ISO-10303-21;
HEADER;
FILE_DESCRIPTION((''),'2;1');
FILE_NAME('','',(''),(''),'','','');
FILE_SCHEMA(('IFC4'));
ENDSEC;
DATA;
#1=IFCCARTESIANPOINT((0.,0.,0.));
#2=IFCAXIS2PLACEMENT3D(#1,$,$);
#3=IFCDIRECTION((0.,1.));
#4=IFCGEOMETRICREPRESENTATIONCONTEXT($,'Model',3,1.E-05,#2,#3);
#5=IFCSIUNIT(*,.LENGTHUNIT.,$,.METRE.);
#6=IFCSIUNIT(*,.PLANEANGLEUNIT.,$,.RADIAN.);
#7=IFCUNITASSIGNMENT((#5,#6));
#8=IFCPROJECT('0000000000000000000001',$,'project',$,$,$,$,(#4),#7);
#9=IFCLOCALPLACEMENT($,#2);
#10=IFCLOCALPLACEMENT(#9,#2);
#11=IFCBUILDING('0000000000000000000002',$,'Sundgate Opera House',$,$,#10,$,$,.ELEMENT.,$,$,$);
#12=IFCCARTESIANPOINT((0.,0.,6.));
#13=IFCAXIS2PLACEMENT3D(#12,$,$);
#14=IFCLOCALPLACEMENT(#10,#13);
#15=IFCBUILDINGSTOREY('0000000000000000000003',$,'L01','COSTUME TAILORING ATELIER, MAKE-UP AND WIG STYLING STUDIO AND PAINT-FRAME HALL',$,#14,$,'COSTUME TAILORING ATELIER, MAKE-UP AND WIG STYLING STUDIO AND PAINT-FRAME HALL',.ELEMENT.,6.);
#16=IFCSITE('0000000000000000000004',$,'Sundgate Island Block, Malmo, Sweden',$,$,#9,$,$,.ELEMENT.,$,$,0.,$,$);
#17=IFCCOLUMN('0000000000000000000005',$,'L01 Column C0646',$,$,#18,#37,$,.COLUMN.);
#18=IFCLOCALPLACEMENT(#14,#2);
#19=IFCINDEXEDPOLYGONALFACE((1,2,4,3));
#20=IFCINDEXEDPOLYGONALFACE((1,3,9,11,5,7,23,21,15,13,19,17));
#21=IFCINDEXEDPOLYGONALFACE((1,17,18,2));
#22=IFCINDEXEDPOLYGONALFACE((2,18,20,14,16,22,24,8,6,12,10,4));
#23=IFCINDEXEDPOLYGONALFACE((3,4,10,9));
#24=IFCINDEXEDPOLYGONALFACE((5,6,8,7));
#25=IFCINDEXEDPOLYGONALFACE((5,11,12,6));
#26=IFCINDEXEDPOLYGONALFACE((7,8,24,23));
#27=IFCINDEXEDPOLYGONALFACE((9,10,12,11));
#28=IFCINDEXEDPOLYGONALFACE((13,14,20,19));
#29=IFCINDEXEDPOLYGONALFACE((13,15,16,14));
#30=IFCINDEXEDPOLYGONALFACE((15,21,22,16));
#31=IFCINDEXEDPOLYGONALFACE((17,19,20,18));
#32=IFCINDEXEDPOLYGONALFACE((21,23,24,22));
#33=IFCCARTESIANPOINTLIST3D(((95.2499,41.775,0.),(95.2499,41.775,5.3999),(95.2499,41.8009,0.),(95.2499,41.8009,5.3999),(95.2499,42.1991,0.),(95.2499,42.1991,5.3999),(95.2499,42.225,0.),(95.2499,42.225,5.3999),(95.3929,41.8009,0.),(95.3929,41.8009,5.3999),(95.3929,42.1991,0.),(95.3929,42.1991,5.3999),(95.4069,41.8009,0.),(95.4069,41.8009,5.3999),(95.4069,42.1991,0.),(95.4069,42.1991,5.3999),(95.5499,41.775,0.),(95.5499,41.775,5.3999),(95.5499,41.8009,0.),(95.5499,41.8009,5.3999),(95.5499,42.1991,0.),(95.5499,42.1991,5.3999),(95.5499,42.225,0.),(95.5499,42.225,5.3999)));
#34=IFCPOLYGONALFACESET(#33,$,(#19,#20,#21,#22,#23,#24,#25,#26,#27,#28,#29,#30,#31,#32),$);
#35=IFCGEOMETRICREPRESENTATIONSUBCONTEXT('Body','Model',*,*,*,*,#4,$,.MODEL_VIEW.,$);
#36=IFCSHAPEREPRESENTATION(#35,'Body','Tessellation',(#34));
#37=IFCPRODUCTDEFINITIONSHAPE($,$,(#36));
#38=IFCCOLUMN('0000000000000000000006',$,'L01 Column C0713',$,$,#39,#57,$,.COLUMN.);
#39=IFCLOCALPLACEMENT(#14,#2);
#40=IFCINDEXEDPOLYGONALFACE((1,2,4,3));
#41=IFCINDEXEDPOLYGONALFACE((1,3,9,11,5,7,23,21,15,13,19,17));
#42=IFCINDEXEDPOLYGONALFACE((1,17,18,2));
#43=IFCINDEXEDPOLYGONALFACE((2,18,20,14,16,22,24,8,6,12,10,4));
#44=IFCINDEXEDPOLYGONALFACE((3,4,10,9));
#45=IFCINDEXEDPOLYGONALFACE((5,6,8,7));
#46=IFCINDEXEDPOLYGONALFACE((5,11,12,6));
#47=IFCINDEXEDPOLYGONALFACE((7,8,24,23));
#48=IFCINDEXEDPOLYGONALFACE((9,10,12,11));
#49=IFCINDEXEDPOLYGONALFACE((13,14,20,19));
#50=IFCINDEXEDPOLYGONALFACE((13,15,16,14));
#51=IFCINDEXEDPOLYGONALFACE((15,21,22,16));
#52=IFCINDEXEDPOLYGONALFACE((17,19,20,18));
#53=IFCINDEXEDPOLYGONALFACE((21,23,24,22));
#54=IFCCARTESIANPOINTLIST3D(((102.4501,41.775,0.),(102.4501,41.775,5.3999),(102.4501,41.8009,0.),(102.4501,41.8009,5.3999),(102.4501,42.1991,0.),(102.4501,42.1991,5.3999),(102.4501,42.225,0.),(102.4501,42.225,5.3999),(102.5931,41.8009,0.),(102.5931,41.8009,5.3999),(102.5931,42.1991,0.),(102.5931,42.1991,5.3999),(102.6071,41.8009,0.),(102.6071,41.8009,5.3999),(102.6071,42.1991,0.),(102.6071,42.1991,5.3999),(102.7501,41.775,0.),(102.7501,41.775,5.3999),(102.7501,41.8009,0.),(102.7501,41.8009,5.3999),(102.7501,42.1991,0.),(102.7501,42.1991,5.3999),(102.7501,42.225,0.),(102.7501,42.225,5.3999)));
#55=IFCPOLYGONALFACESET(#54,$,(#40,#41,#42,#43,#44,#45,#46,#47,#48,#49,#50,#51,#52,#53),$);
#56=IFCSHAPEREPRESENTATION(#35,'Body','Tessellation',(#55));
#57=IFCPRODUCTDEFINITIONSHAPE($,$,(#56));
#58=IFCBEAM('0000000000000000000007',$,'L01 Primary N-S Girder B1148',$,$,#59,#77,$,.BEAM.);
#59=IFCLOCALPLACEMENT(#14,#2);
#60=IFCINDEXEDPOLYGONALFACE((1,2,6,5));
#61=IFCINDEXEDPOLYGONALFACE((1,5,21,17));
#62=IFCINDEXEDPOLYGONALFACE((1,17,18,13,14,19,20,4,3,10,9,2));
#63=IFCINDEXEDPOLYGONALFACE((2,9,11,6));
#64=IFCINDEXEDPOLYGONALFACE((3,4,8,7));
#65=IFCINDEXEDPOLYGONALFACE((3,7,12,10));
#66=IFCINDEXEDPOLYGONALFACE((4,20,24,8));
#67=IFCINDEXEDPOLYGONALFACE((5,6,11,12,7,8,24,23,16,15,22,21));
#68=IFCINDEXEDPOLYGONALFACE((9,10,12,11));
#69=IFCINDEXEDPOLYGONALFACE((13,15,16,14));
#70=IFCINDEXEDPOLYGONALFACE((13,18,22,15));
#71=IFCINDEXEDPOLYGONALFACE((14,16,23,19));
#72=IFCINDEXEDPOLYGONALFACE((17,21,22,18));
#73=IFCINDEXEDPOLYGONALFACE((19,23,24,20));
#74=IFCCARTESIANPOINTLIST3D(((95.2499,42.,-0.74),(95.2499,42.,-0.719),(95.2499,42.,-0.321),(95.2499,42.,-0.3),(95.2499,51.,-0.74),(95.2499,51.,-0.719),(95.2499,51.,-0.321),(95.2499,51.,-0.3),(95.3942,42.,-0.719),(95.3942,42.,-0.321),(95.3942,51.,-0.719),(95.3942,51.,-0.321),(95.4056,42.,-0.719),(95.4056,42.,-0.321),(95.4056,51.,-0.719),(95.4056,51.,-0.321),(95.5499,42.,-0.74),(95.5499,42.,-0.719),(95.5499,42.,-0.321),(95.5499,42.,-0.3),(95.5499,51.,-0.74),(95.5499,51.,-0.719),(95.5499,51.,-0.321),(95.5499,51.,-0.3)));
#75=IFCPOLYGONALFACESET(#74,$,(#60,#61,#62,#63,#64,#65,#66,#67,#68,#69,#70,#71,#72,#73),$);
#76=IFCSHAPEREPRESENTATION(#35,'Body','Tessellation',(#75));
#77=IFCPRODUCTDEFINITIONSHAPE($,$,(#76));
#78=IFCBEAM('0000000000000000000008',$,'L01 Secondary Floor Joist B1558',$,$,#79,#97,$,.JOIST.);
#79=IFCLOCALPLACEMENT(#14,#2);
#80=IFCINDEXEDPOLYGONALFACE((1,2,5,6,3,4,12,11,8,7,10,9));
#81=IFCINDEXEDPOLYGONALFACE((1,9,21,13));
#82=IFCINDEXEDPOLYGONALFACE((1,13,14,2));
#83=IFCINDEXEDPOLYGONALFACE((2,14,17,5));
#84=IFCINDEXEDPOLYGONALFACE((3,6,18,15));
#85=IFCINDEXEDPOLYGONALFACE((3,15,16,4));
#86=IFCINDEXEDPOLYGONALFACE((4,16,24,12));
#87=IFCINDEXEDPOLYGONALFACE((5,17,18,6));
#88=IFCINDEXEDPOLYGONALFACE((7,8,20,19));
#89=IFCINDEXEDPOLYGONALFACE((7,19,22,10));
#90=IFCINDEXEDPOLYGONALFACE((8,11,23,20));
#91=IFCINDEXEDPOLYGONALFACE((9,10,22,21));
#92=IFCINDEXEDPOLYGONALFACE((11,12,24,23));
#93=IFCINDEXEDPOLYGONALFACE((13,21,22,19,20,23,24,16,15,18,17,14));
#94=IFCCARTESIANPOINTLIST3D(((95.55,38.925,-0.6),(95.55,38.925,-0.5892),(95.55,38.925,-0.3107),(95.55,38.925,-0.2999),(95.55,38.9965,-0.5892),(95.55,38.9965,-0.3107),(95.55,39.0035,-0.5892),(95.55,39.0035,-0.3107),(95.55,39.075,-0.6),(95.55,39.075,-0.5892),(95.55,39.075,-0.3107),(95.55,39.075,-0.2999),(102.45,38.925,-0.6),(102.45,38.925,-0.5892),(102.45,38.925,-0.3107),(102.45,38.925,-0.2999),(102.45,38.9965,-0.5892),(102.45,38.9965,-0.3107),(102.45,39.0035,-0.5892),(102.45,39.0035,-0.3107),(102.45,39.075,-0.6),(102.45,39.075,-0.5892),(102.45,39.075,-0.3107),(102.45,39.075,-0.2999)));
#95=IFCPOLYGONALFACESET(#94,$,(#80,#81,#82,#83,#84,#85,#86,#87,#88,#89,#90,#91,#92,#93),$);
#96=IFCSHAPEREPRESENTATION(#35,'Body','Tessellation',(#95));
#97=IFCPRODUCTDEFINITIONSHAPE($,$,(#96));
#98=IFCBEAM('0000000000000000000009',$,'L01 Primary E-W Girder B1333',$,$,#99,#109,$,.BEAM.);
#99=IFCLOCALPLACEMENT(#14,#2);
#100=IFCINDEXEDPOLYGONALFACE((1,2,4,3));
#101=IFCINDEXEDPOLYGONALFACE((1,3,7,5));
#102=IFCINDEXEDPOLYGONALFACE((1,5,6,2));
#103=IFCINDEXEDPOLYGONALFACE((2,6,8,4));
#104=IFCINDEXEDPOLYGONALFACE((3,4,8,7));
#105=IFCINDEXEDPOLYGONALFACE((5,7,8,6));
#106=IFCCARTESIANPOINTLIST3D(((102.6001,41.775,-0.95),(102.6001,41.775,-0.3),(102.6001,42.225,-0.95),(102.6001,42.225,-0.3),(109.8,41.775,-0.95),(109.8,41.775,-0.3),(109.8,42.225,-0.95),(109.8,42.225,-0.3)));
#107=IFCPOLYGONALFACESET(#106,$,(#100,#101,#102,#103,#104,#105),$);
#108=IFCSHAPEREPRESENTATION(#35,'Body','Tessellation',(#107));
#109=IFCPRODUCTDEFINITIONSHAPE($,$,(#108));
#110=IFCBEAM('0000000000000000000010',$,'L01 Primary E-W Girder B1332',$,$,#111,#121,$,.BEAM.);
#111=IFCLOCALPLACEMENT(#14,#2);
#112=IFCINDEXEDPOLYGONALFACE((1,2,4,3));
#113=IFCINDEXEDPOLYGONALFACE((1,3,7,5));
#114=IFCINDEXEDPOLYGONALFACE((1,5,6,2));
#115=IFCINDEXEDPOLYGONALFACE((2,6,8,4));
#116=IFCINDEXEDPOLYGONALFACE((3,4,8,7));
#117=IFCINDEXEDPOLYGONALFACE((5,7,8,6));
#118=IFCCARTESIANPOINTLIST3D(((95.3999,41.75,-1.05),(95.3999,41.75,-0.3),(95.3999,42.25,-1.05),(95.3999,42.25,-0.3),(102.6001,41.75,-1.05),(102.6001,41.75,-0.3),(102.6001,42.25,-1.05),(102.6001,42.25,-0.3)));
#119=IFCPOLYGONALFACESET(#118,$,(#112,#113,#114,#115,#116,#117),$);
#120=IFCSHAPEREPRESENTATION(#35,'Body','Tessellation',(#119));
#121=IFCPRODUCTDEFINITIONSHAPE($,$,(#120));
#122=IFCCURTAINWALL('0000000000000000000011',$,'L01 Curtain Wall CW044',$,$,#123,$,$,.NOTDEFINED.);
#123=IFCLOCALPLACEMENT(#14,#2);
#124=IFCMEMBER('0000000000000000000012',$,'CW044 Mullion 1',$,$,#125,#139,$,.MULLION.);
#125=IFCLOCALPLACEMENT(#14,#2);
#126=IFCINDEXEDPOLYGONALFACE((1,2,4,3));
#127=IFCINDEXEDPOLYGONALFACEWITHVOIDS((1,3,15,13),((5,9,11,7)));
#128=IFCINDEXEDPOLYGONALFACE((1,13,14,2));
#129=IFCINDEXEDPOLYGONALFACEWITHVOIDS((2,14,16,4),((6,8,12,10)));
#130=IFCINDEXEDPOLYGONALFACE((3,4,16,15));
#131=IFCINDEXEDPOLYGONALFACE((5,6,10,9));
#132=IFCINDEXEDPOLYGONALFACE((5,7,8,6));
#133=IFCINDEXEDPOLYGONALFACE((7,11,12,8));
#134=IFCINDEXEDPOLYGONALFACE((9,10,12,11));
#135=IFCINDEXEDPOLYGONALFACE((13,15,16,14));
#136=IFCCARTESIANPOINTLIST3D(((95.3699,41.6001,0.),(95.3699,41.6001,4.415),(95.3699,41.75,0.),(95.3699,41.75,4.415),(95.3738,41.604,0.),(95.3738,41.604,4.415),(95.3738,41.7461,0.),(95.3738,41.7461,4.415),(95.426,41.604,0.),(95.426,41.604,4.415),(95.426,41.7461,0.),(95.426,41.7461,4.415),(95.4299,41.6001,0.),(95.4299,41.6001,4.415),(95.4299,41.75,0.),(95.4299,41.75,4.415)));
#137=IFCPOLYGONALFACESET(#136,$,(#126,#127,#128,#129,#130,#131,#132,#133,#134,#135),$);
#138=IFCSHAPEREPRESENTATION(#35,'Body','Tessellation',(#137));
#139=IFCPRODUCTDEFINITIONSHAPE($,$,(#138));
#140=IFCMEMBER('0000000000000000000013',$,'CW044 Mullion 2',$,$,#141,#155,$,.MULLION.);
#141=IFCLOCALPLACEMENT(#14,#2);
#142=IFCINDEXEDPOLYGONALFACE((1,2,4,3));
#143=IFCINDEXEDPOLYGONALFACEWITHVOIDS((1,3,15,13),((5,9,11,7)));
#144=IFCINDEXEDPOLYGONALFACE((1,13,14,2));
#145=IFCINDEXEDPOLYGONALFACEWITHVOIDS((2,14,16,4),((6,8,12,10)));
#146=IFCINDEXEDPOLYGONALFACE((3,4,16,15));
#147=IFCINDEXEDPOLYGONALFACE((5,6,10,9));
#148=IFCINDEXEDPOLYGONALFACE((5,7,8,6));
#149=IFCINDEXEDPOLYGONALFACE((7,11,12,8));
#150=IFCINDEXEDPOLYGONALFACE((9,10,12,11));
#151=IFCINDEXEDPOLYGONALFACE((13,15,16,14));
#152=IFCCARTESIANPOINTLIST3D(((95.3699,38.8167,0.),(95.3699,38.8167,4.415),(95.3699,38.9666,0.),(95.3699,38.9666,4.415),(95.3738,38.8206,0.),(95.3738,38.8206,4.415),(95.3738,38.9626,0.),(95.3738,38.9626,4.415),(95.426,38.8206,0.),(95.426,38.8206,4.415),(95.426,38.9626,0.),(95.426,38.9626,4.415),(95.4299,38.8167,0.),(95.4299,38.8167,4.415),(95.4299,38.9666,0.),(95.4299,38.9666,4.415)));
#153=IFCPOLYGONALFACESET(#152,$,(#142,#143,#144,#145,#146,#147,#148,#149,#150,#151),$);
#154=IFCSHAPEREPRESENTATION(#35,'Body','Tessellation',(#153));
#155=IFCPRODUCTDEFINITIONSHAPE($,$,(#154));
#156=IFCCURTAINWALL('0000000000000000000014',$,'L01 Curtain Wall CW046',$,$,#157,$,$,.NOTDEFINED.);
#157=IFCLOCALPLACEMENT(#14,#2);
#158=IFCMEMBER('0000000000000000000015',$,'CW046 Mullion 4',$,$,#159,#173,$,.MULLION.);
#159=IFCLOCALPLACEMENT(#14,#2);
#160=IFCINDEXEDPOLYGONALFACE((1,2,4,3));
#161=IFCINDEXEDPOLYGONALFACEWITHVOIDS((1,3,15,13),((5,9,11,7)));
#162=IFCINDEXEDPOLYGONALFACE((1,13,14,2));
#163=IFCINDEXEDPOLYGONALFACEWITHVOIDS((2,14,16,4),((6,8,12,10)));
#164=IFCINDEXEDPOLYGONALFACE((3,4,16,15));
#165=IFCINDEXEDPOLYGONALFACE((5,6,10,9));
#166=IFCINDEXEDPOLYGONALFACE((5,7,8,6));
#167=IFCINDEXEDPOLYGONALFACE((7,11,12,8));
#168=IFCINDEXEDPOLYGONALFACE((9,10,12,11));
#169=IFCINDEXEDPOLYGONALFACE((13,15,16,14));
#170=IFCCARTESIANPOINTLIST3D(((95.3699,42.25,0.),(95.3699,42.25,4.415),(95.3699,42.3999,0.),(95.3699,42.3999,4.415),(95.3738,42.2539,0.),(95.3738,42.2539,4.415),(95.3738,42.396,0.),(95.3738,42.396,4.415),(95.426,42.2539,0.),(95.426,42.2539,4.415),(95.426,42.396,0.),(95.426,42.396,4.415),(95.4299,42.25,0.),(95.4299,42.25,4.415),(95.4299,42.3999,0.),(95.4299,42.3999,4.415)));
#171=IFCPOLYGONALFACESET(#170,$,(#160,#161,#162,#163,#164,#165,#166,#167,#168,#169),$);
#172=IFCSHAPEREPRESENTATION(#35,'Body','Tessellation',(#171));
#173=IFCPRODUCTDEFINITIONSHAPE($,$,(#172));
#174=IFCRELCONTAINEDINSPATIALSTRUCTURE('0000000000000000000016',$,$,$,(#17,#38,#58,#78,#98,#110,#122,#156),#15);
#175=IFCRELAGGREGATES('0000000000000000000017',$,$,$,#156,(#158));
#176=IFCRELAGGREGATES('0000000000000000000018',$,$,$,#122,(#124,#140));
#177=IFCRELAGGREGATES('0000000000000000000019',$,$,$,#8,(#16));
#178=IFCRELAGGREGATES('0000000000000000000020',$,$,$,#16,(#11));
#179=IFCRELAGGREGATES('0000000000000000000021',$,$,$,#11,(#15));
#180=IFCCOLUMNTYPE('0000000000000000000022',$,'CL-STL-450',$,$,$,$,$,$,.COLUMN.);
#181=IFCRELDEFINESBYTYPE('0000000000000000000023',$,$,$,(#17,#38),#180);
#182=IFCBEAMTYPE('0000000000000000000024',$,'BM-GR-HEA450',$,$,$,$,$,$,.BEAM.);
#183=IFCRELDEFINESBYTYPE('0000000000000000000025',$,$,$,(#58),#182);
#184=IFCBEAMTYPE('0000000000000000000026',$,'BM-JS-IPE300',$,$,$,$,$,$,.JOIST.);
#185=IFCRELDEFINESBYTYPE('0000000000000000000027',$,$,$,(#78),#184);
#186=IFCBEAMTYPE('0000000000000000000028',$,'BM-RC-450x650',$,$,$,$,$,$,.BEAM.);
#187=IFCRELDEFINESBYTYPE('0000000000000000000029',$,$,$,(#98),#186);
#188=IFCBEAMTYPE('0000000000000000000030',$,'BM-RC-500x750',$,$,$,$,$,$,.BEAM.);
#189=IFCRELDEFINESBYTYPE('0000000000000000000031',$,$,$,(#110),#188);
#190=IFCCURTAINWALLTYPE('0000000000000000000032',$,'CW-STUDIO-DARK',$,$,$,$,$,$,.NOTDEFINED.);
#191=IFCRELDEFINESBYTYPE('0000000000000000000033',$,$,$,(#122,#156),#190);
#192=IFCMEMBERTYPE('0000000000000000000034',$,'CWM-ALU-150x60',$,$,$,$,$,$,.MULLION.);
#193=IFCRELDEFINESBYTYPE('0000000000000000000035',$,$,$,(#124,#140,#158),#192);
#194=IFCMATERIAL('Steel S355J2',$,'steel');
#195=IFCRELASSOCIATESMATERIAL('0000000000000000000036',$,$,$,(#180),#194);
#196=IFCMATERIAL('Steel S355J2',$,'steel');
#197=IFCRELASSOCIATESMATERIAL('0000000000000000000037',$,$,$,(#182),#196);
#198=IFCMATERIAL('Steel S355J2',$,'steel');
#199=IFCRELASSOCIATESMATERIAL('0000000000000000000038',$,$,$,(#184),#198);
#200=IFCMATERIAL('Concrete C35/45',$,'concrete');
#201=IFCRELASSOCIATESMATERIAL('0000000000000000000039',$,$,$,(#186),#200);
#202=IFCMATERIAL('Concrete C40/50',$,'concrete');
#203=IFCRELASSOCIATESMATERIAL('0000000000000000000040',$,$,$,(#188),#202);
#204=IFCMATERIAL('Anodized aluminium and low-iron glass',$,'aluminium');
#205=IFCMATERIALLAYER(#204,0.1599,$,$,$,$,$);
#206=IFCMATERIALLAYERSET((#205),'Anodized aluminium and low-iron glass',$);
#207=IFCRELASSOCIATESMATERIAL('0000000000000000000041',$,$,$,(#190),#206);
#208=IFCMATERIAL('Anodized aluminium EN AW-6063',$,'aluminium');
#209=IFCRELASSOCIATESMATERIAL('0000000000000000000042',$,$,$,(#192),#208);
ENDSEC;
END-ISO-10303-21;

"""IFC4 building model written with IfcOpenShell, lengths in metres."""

from ifc_helpers import new_model, si_unit, direction, frame, origin, origin_2d, place, context, subcontext, project, spatial, rectangle, hollow_rectangle, i_section, extrude, material, layer, layer_set, material_profile, profile_set, type_object, element, aggregate, save


model = new_model("IFC4")

# Units and contexts
model_context = context("Model", 3, precision=1e-05, world=origin(), true_north=direction((0.0, 1.0)))
body_context = subcontext(model_context, "Body", "Model", "MODEL_VIEW")
ifc_project = project(units=[si_unit("LENGTHUNIT", "METRE"), si_unit("PLANEANGLEUNIT", "RADIAN")], contexts=[model_context])

# Site, building, storey
site_placement = place(None, origin())
site = spatial("IfcSite", under=ifc_project, at=site_placement, Name="Sundgate Island Block, Malmo, Sweden", CompositionType="ELEMENT", RefElevation=0.0)
building_placement = place(site_placement, origin())
building = spatial("IfcBuilding", under=site, at=building_placement, Name="Sundgate Opera House", CompositionType="ELEMENT")
storey_placement = place(building_placement, frame((0.0, 0.0, 6.0)))
storey = spatial("IfcBuildingStorey", under=building, at=storey_placement, Name="L01", Description="COSTUME TAILORING ATELIER, MAKE-UP AND WIG STYLING STUDIO AND PAINT-FRAME HALL", LongName="COSTUME TAILORING ATELIER, MAKE-UP AND WIG STYLING STUDIO AND PAINT-FRAME HALL", CompositionType="ELEMENT", Elevation=6.0)

# Columns
ifc_material_1 = material(Name="Steel S355J2", Category="steel")
ifc_material_profile_1 = material_profile(ifc_material_1, i_section(OverallWidth=0.3, OverallDepth=0.45, WebThickness=0.0139, FlangeThickness=0.0259, at=origin_2d()), Name="HEB 450")
ifc_profile_set_1 = profile_set([ifc_material_profile_1], Name="Steel S355J2")
column_type = type_object("IfcColumnType", Name="CL-STL-450", PredefinedType="COLUMN", material=ifc_profile_set_1)
for number, where, z_axis, x_axis, name in (
    (1, (95.3999, 42.0, 0.0), (0.0, 0.0, 1.0), (1.0, 0.0, 0.0), "L01 Column C0646"),
    (2, (102.6001, 42.0, 0.0), (0.0, 0.0, 1.0), (1.0, 0.0, 0.0), "L01 Column C0713"),
):
    element("IfcColumn", number, at=place(storey_placement, frame(where, z_axis=z_axis, x_axis=x_axis)), inside=storey, type_object=column_type, Name=name, PredefinedType="COLUMN", context=body_context, shape_type="SweptSolid", body=[
        extrude(i_section(OverallWidth=0.3, OverallDepth=0.45, WebThickness=0.0139, FlangeThickness=0.0259, at=origin_2d()), origin(), (0.0, 0.0, 1.0), 5.3999),
    ])

# Beams
ifc_material_2 = material(Name="Steel S355J2", Category="steel")
ifc_material_profile_2 = material_profile(ifc_material_2, i_section(OverallWidth=0.3, OverallDepth=0.4399, WebThickness=0.0115, FlangeThickness=0.021, at=origin_2d()), Name="HEA 450")
ifc_profile_set_2 = profile_set([ifc_material_profile_2], Name="Steel S355J2")
beam_type_1 = type_object("IfcBeamType", Name="BM-GR-HEA450", PredefinedType="BEAM", material=ifc_profile_set_2)
beam_1_placement = place(storey_placement, frame((95.3999, 42.0, -0.52), z_axis=(0.0, 1.0, 0.0), x_axis=(-1.0, 0.0, 0.0)))
element("IfcBeam", 3, at=beam_1_placement, inside=storey, type_object=beam_type_1, Name="L01 Primary N-S Girder B1148", PredefinedType="BEAM", context=body_context, shape_type="SweptSolid", body=[
    extrude(i_section(OverallWidth=0.3, OverallDepth=0.4399, WebThickness=0.0115, FlangeThickness=0.021, at=origin_2d()), origin(), (0.0, 0.0, 1.0), 9.0),
])
ifc_material_3 = material(Name="Steel S355J2", Category="steel")
ifc_material_profile_3 = material_profile(ifc_material_3, i_section(OverallWidth=0.1499, OverallDepth=0.3, WebThickness=0.0071, FlangeThickness=0.0107, at=origin_2d()), Name="IPE 300")
ifc_profile_set_3 = profile_set([ifc_material_profile_3], Name="Steel S355J2")
beam_type_2 = type_object("IfcBeamType", Name="BM-JS-IPE300", PredefinedType="JOIST", material=ifc_profile_set_3)
beam_2_placement = place(storey_placement, frame((95.55, 39.0, -0.45), z_axis=(1.0, 0.0, 0.0), x_axis=(0.0, 1.0, 0.0)))
element("IfcBeam", 4, at=beam_2_placement, inside=storey, type_object=beam_type_2, Name="L01 Secondary Floor Joist B1558", PredefinedType="JOIST", context=body_context, shape_type="SweptSolid", body=[
    extrude(i_section(OverallWidth=0.1499, OverallDepth=0.3, WebThickness=0.0071, FlangeThickness=0.0107, at=origin_2d()), origin(), (0.0, 0.0, 1.0), 6.8999),
])
ifc_material_4 = material(Name="Concrete C35/45", Category="concrete")
ifc_material_profile_4 = material_profile(ifc_material_4, rectangle(XDim=0.45, YDim=0.6499, at=origin_2d()), Name="RC 450x650")
ifc_profile_set_4 = profile_set([ifc_material_profile_4], Name="Concrete C35/45")
beam_type_3 = type_object("IfcBeamType", Name="BM-RC-450x650", PredefinedType="BEAM", material=ifc_profile_set_4)
beam_3_placement = place(storey_placement, frame((102.6001, 42.0, -0.625), z_axis=(1.0, 0.0, 0.0), x_axis=(0.0, 1.0, 0.0)))
element("IfcBeam", 5, at=beam_3_placement, inside=storey, type_object=beam_type_3, Name="L01 Primary E-W Girder B1333", PredefinedType="BEAM", context=body_context, shape_type="SweptSolid", body=[
    extrude(rectangle(XDim=0.45, YDim=0.6499, at=origin_2d()), origin(), (0.0, 0.0, 1.0), 7.2),
])
ifc_material_5 = material(Name="Concrete C40/50", Category="concrete")
ifc_material_profile_5 = material_profile(ifc_material_5, rectangle(XDim=0.5, YDim=0.75, at=origin_2d()), Name="RC 500x750")
ifc_profile_set_5 = profile_set([ifc_material_profile_5], Name="Concrete C40/50")
beam_type_4 = type_object("IfcBeamType", Name="BM-RC-500x750", PredefinedType="BEAM", material=ifc_profile_set_5)
beam_4_placement = place(storey_placement, frame((95.3999, 42.0, -0.675), z_axis=(1.0, 0.0, 0.0), x_axis=(0.0, 1.0, 0.0)))
element("IfcBeam", 6, at=beam_4_placement, inside=storey, type_object=beam_type_4, Name="L01 Primary E-W Girder B1332", PredefinedType="BEAM", context=body_context, shape_type="SweptSolid", body=[
    extrude(rectangle(XDim=0.5, YDim=0.75, at=origin_2d()), origin(), (0.0, 0.0, 1.0), 7.2002),
])

# Curtain wall, members
ifc_material_6 = material(Name="Anodized aluminium and low-iron glass", Category="aluminium")
ifc_layer_1 = layer(ifc_material_6, 0.1599)
ifc_layer_set_1 = layer_set([ifc_layer_1], Name="Anodized aluminium and low-iron glass")
curtain_wall_type = type_object("IfcCurtainWallType", Name="CW-STUDIO-DARK", PredefinedType="NOTDEFINED", material=ifc_layer_set_1)
curtain_wall_1_placement = place(storey_placement, origin())
curtain_wall_1 = element("IfcCurtainWall", 7, at=curtain_wall_1_placement, inside=storey, type_object=curtain_wall_type, Name="L01 Curtain Wall CW044", PredefinedType="NOTDEFINED")
ifc_material_7 = material(Name="Anodized aluminium EN AW-6063", Category="aluminium")
ifc_material_profile_6 = material_profile(ifc_material_7, hollow_rectangle(XDim=0.0601, YDim=0.1499, WallThickness=0.0039, at=origin_2d()), Name="CWM 150x60x4")
ifc_profile_set_6 = profile_set([ifc_material_profile_6], Name="Anodized aluminium EN AW-6063")
member_type_1 = type_object("IfcMemberType", Name="CWM-ALU-150x60", PredefinedType="MULLION", material=ifc_profile_set_6)
member_1_placement = place(storey_placement, frame((95.3999, 41.675, 0.0), z_axis=(0.0, 0.0, 1.0), x_axis=(1.0, 0.0, 0.0)))
member_1 = element("IfcMember", 8, at=member_1_placement, type_object=member_type_1, Name="CW044 Mullion 1", PredefinedType="MULLION", context=body_context, shape_type="SweptSolid", body=[
    extrude(hollow_rectangle(XDim=0.0601, YDim=0.1499, WallThickness=0.0039, at=origin_2d()), origin(), (0.0, 0.0, 1.0), 4.415),
])
member_2_placement = place(storey_placement, frame((95.3999, 38.8916, 0.0), z_axis=(0.0, 0.0, 1.0), x_axis=(1.0, 0.0, 0.0)))
member_2 = element("IfcMember", 9, at=member_2_placement, type_object=member_type_1, Name="CW044 Mullion 2", PredefinedType="MULLION", context=body_context, shape_type="SweptSolid", body=[
    extrude(hollow_rectangle(XDim=0.0601, YDim=0.1499, WallThickness=0.0039, at=origin_2d()), origin(), (0.0, 0.0, 1.0), 4.415),
])

# Curtain wall, member
curtain_wall_2_placement = place(storey_placement, origin())
curtain_wall_2 = element("IfcCurtainWall", 10, at=curtain_wall_2_placement, inside=storey, type_object=curtain_wall_type, Name="L01 Curtain Wall CW046", PredefinedType="NOTDEFINED")
member_3_placement = place(storey_placement, frame((95.3999, 42.325, 0.0), z_axis=(0.0, 0.0, 1.0), x_axis=(1.0, 0.0, 0.0)))
member_3 = element("IfcMember", 11, at=member_3_placement, type_object=member_type_1, Name="CW046 Mullion 4", PredefinedType="MULLION", context=body_context, shape_type="SweptSolid", body=[
    extrude(hollow_rectangle(XDim=0.0601, YDim=0.1499, WallThickness=0.0039, at=origin_2d()), origin(), (0.0, 0.0, 1.0), 4.415),
])
aggregate(curtain_wall_2, [member_3])

aggregate(curtain_wall_1, [member_1, member_2])

save(model, "model.ifc")
